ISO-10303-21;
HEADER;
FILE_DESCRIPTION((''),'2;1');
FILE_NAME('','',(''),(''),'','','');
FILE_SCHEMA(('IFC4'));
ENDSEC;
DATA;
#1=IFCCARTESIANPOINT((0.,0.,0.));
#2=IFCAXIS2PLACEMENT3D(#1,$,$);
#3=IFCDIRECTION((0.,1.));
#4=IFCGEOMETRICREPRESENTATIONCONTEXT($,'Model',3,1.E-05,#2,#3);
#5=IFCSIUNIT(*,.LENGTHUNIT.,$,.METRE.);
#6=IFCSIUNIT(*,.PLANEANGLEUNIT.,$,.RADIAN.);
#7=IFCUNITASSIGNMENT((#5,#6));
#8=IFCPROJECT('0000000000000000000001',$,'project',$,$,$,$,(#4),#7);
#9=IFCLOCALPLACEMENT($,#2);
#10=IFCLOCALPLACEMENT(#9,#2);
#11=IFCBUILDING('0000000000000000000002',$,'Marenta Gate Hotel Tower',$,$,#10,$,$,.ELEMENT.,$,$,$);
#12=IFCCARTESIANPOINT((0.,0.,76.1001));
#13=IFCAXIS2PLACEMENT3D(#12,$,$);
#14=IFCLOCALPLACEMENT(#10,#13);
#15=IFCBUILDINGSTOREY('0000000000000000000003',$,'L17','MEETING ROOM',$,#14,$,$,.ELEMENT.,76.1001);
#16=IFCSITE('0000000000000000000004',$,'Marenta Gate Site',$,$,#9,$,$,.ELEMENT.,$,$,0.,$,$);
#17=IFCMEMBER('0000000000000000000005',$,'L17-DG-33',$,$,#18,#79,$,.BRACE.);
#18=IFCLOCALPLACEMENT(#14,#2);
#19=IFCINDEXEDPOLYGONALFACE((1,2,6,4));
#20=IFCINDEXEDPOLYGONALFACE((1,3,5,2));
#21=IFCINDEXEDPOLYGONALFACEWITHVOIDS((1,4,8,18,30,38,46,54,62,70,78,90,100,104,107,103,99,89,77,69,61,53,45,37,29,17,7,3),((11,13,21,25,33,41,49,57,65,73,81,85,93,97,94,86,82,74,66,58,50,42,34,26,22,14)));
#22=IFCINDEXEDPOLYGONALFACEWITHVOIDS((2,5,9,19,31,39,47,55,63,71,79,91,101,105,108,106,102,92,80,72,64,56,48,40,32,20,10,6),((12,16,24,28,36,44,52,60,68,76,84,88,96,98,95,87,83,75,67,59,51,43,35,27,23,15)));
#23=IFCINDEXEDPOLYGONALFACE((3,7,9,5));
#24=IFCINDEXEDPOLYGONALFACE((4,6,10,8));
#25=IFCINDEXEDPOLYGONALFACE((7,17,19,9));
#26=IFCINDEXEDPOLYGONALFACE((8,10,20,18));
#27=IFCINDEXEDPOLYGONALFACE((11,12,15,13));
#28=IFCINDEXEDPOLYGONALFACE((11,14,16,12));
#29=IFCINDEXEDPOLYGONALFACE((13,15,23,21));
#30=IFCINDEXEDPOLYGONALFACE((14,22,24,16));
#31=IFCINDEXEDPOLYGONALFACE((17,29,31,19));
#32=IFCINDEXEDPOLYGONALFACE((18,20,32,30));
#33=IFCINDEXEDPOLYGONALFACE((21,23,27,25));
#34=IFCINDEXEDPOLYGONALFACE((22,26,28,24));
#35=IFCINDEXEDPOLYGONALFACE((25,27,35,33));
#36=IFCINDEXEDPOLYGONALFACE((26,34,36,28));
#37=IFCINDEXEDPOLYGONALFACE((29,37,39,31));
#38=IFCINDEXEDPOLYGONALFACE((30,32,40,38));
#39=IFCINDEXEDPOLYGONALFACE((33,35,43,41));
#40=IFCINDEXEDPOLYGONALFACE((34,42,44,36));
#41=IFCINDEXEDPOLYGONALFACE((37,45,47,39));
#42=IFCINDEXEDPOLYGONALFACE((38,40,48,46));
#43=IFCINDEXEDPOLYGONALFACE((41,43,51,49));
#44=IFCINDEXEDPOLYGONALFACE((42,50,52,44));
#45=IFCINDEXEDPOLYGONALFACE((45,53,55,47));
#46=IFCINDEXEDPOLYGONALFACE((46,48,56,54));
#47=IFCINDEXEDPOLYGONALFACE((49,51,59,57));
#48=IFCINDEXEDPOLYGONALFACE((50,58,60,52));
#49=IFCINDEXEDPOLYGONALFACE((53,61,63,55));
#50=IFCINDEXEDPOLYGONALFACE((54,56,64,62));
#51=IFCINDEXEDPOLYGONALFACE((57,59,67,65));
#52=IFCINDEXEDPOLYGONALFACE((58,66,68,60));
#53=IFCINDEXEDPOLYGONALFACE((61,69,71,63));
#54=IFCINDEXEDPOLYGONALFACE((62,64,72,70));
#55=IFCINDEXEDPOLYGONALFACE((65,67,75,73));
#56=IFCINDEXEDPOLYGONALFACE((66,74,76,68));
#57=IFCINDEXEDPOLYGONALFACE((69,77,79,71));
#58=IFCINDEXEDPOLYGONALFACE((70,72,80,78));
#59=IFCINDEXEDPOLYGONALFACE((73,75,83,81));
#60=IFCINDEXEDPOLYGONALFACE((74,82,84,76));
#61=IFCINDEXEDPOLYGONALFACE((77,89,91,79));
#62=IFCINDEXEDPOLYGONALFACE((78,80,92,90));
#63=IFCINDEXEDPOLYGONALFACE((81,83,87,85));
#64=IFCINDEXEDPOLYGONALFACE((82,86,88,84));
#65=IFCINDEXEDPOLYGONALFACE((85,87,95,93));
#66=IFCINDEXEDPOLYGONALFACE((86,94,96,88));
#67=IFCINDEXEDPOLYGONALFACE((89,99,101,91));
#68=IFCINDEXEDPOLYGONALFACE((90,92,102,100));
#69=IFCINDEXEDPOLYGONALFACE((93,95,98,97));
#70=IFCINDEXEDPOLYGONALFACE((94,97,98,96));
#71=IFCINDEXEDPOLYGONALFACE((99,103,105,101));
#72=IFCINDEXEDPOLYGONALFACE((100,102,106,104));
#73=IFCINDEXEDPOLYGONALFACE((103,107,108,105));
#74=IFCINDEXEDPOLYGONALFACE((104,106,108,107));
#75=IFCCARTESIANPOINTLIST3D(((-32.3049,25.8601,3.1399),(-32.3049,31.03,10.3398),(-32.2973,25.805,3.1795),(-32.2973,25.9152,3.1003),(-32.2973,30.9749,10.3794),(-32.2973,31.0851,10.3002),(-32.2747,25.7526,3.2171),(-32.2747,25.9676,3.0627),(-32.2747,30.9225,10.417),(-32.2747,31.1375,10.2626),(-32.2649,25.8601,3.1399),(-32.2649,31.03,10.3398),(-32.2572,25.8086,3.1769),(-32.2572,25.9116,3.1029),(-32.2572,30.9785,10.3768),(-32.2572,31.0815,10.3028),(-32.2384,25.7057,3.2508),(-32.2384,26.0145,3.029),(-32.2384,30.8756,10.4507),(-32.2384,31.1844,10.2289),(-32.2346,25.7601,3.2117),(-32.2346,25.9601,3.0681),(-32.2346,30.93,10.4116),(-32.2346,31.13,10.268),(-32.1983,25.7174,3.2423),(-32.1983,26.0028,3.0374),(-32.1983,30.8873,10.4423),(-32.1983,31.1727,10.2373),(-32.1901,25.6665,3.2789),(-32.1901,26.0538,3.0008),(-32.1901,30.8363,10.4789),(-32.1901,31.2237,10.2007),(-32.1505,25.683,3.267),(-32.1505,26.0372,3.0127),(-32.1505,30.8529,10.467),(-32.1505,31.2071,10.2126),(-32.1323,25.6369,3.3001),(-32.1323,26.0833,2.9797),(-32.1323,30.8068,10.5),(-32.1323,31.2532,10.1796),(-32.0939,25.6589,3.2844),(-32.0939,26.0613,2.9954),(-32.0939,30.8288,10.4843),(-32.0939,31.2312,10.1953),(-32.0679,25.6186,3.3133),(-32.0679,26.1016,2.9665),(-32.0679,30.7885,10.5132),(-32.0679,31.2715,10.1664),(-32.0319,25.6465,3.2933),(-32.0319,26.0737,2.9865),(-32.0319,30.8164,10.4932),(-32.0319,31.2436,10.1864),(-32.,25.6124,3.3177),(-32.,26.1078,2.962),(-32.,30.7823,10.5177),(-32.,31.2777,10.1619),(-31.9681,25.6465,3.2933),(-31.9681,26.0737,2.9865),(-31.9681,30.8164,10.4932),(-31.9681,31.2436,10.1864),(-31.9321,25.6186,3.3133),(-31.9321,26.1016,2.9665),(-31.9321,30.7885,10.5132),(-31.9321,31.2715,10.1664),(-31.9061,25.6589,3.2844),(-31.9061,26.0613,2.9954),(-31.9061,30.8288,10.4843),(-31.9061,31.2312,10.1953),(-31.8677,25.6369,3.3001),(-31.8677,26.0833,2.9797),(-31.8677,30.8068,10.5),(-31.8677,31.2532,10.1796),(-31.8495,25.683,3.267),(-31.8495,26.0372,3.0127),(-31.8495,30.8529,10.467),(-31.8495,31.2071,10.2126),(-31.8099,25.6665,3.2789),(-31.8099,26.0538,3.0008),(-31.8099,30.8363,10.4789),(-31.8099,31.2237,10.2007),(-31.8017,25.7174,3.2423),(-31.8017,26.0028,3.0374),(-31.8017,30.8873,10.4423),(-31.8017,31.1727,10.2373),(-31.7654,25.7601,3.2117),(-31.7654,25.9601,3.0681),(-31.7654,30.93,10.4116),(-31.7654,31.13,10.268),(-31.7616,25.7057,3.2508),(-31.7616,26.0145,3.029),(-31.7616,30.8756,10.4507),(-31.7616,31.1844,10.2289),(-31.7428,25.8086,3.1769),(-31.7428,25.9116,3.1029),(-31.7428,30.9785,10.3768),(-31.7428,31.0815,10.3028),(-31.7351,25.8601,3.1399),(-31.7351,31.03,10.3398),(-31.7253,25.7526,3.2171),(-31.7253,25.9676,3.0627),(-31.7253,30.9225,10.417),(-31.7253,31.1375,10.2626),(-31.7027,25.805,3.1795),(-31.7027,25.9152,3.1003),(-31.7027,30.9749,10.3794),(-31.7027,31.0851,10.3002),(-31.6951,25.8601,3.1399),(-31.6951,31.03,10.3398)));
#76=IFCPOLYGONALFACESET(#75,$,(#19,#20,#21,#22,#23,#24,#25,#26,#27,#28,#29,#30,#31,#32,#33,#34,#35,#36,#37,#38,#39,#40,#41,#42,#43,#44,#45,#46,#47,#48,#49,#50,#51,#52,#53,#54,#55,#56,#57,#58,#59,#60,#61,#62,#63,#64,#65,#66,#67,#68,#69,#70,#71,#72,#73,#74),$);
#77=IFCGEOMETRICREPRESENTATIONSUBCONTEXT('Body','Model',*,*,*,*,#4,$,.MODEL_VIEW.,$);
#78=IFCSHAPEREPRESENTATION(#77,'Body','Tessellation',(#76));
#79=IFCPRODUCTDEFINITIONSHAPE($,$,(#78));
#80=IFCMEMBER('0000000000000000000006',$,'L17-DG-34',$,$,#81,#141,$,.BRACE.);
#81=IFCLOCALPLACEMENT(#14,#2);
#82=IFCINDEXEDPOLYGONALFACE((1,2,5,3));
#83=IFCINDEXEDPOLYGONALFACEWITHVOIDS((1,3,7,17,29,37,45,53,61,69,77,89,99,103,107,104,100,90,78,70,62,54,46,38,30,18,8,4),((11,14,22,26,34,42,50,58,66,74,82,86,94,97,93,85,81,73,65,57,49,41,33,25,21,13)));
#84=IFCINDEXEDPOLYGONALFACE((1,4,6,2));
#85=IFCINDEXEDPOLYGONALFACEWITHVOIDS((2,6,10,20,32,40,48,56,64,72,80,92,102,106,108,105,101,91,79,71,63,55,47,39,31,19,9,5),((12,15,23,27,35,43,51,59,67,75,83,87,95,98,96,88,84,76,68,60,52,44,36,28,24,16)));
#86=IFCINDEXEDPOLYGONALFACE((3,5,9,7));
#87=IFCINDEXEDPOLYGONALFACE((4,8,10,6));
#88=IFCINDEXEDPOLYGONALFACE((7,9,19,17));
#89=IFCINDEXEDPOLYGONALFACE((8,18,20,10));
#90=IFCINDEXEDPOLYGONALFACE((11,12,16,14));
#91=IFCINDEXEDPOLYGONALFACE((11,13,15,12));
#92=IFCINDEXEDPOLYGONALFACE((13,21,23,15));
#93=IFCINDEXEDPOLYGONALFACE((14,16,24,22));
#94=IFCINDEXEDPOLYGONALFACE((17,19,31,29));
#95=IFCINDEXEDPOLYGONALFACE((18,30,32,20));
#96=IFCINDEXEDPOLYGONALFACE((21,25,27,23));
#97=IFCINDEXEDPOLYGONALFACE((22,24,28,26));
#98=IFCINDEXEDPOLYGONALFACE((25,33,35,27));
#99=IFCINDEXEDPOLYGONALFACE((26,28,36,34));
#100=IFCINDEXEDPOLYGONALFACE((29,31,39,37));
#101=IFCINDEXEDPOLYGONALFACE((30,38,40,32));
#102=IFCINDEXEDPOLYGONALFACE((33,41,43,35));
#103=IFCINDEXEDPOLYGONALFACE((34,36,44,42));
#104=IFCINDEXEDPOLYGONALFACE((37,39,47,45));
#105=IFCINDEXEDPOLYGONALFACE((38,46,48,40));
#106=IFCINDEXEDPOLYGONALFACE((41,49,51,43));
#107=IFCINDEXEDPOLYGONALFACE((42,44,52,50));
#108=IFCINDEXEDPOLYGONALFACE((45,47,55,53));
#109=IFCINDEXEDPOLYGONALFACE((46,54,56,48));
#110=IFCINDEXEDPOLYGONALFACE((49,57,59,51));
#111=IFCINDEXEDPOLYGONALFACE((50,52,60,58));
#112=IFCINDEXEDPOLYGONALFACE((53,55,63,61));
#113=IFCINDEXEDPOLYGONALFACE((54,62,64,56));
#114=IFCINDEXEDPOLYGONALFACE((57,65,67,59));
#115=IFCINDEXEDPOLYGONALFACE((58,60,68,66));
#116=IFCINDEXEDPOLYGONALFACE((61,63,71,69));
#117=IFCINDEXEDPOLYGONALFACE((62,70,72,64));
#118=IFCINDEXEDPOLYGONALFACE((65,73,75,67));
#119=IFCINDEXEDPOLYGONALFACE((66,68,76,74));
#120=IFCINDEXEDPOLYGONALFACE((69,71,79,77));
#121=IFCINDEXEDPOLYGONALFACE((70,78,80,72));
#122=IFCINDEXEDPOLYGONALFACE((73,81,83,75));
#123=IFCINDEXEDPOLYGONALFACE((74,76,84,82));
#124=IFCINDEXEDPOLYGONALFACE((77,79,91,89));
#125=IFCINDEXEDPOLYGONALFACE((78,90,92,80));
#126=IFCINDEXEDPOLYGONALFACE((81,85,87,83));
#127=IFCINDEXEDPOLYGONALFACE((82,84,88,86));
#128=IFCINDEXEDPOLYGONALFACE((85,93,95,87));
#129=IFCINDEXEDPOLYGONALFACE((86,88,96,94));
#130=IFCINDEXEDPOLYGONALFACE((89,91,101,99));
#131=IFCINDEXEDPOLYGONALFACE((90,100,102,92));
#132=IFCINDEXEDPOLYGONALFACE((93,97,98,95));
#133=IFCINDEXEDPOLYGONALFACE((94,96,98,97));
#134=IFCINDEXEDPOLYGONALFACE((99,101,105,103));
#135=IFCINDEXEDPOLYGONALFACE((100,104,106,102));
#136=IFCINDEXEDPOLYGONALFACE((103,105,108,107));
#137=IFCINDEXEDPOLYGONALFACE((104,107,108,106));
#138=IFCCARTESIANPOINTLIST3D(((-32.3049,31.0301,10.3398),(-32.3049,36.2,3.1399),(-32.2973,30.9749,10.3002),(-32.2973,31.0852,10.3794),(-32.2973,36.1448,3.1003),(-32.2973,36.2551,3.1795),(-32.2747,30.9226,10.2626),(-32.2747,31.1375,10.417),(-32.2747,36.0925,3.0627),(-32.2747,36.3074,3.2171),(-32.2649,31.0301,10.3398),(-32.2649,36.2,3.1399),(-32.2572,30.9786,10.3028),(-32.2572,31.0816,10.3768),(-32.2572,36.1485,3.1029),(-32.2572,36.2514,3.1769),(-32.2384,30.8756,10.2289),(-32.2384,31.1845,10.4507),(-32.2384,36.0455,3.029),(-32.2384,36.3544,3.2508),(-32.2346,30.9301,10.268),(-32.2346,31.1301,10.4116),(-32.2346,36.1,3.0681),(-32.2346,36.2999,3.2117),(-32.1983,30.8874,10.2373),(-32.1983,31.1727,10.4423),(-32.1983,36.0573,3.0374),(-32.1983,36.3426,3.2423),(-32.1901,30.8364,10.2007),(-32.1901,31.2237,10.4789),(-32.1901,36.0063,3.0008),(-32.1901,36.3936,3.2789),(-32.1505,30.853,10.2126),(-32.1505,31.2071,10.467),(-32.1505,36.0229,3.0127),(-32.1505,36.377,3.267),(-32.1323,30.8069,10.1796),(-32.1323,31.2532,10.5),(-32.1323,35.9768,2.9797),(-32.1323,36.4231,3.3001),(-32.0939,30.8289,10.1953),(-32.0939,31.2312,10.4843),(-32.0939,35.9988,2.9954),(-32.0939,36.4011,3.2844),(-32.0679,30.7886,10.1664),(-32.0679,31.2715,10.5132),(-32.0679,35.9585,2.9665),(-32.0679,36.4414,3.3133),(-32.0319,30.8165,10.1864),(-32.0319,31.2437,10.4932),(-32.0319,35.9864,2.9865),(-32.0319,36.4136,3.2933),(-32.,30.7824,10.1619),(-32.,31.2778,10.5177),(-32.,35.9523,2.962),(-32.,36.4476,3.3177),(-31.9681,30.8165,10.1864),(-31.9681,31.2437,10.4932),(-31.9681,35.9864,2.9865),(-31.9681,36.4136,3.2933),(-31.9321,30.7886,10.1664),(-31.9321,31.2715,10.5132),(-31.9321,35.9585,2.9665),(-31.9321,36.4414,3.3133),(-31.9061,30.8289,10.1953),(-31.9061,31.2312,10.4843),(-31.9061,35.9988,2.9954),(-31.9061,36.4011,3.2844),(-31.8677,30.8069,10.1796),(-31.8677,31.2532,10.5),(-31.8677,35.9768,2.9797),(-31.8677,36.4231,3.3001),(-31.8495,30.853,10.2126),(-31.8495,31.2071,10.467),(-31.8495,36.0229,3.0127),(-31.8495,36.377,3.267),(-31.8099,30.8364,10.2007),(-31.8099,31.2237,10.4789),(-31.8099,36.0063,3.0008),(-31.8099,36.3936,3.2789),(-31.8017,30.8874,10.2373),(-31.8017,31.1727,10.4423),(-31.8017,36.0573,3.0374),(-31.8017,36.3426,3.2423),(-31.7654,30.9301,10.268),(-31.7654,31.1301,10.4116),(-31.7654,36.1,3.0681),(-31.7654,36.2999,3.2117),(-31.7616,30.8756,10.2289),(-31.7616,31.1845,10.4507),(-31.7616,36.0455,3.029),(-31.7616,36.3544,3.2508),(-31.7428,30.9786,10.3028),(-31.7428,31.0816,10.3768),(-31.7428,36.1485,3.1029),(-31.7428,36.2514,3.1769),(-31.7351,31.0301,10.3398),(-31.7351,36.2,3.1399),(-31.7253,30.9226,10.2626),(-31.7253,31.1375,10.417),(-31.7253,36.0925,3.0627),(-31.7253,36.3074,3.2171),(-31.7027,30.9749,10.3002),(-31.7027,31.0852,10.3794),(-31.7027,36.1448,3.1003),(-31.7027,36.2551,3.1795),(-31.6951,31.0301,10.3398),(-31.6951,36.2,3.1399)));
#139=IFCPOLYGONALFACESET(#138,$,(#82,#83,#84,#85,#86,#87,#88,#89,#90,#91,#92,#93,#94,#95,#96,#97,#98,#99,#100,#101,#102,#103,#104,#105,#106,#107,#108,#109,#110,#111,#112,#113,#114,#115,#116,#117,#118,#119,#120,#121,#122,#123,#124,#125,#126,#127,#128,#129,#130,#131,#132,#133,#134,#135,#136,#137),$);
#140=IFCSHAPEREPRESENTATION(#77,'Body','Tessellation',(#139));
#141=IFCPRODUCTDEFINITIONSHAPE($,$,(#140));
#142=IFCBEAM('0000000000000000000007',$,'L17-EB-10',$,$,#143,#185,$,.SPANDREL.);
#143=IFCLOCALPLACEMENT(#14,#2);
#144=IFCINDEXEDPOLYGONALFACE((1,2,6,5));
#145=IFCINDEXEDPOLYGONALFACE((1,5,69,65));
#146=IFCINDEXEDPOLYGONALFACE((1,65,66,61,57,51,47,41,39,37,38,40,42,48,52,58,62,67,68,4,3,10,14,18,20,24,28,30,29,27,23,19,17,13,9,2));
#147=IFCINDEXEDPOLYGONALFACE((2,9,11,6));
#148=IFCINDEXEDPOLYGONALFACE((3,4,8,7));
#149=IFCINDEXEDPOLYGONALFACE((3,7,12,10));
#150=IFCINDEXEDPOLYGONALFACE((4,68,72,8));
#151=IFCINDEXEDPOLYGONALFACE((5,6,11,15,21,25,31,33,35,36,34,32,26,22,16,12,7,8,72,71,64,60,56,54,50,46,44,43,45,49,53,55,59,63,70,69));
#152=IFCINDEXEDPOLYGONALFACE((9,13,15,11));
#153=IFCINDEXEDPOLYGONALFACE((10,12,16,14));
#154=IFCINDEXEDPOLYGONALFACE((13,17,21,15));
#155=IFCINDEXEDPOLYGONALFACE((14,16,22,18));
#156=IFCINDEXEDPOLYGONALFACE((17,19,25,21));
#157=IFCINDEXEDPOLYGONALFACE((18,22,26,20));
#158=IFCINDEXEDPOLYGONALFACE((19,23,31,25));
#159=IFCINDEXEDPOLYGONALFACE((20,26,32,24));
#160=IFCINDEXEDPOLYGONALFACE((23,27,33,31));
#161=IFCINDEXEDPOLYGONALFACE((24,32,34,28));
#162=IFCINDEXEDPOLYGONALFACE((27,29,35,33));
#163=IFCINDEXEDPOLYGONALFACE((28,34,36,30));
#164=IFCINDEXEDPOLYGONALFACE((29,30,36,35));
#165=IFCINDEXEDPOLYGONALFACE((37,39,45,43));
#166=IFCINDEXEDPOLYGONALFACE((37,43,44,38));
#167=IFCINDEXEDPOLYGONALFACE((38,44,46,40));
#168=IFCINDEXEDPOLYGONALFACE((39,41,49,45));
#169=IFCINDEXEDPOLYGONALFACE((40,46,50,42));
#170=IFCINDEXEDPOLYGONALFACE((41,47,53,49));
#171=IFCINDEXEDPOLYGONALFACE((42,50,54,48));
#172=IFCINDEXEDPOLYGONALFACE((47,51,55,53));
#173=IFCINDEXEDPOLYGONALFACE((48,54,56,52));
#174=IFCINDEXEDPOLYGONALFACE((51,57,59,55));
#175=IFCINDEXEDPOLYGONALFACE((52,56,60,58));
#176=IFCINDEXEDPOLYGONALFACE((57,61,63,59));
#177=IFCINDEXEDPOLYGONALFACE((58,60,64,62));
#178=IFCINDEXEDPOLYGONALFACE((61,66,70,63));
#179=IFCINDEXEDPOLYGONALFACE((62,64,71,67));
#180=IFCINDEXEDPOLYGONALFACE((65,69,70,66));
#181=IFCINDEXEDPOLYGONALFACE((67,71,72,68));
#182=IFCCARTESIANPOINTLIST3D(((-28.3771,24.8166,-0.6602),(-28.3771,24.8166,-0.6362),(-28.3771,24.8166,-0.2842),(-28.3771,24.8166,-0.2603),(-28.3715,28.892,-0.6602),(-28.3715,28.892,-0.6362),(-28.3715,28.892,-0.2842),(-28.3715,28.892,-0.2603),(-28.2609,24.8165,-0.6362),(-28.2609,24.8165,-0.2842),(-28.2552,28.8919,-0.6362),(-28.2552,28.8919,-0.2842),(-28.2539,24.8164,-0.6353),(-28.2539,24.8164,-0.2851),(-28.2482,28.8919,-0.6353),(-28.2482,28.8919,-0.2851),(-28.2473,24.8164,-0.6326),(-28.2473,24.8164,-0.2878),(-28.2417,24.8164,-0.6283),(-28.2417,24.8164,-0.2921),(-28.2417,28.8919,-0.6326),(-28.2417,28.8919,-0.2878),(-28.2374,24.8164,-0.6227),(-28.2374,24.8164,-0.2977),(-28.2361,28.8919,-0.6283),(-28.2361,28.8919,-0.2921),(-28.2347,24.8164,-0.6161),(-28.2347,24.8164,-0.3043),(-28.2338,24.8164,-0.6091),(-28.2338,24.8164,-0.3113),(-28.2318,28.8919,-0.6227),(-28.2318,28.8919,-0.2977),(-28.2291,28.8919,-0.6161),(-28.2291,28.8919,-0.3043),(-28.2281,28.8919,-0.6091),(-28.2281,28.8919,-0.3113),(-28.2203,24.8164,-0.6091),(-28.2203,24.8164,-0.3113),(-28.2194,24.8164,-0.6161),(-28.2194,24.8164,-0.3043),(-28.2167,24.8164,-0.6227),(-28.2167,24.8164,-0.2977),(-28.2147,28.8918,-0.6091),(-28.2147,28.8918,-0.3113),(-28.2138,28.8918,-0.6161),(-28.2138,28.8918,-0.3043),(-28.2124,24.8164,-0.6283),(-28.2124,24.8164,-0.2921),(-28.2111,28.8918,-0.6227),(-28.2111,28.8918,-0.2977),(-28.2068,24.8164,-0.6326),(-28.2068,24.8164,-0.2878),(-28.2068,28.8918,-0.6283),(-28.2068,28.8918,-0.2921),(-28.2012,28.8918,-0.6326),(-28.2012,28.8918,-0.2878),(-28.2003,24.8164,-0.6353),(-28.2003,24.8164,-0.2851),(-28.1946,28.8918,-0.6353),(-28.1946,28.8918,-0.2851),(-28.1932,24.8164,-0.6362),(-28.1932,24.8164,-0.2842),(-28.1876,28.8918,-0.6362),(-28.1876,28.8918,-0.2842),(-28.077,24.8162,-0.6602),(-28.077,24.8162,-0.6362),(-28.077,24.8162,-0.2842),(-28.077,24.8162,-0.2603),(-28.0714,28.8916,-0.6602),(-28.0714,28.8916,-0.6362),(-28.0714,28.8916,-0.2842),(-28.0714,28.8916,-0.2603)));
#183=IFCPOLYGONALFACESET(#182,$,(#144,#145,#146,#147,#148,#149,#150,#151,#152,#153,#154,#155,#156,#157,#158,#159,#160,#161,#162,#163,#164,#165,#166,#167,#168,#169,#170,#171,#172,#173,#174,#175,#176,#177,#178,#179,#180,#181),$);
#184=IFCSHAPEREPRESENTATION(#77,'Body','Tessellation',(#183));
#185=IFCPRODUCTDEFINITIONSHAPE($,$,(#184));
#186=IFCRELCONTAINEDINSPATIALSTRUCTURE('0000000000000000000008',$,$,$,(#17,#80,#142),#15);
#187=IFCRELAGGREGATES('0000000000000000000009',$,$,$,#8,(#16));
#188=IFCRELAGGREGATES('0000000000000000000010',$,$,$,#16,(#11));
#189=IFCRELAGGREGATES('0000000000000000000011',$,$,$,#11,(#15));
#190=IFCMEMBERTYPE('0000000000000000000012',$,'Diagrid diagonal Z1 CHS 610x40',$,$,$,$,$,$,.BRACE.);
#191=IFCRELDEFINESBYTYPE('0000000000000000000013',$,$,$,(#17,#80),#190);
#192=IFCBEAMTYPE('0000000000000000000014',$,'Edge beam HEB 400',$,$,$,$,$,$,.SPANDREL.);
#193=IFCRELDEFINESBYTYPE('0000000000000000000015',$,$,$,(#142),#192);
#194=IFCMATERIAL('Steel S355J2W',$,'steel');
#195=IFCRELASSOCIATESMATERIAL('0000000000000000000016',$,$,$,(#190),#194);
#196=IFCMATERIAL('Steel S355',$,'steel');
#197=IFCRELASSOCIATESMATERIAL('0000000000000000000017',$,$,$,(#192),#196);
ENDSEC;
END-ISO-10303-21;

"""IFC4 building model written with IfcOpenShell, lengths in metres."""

from ifc_helpers import new_model, si_unit, direction, frame, origin, origin_2d, place, context, subcontext, project, spatial, hollow_circle, i_section, extrude, material, material_profile, profile_set, type_object, element, save


model = new_model("IFC4")

# Units and contexts
model_context = context("Model", 3, precision=1e-05, world=origin(), true_north=direction((0.0, 1.0)))
body_context = subcontext(model_context, "Body", "Model", "MODEL_VIEW")
ifc_project = project(units=[si_unit("LENGTHUNIT", "METRE"), si_unit("PLANEANGLEUNIT", "RADIAN")], contexts=[model_context])

# Site, building, storey
site_placement = place(None, origin())
site = spatial("IfcSite", under=ifc_project, at=site_placement, Name="Marenta Gate Site", CompositionType="ELEMENT", RefElevation=0.0)
building_placement = place(site_placement, origin())
building = spatial("IfcBuilding", under=site, at=building_placement, Name="Marenta Gate Hotel Tower", CompositionType="ELEMENT")
storey_placement = place(building_placement, frame((0.0, 0.0, 76.1001)))
storey = spatial("IfcBuildingStorey", under=building, at=storey_placement, Name="L17", Description="MEETING ROOM", CompositionType="ELEMENT", Elevation=76.1001)

# Members
ifc_material_1 = material(Name="Steel S355J2W", Category="steel")
ifc_material_profile_1 = material_profile(ifc_material_1, hollow_circle(Radius=0.3049, WallThickness=0.04, at=origin_2d()), Name="CHS 610x40")
ifc_profile_set_1 = profile_set([ifc_material_profile_1], Name="Steel S355J2W")
member_type_1 = type_object("IfcMemberType", Name="Diagrid diagonal Z1 CHS 610x40", PredefinedType="BRACE", material=ifc_profile_set_1)
for number, where, z_axis, x_axis, name in (
    (1, (-32.0, 25.8601, 3.1399), (0.0, 0.583261, 0.812285), (-1.0, 0.0, 0.0), "L17-DG-33"),
    (2, (-32.0, 36.2, 3.1399), (0.0, -0.583261, 0.812285), (1.0, 0.0, 0.0), "L17-DG-34"),
):
    element("IfcMember", number, at=place(storey_placement, frame(where, z_axis=z_axis, x_axis=x_axis)), inside=storey, type_object=member_type_1, Name=name, PredefinedType="BRACE", context=body_context, shape_type="SweptSolid", body=[
        extrude(hollow_circle(Radius=0.3049, WallThickness=0.04, at=origin_2d()), origin(), (0.0, 0.0, 1.0), 8.8638),
    ])

# Beam
ifc_material_2 = material(Name="Steel S355", Category="steel")
ifc_material_profile_2 = material_profile(ifc_material_2, i_section(OverallWidth=0.3, OverallDepth=0.3999, WebThickness=0.0134, FlangeThickness=0.0239, FilletRadius=0.0271, at=origin_2d()), Name="HEB 400")
ifc_profile_set_2 = profile_set([ifc_material_profile_2], Name="Steel S355")
beam_type_1 = type_object("IfcBeamType", Name="Edge beam HEB 400", PredefinedType="SPANDREL", material=ifc_profile_set_2)
beam_1_placement = place(storey_placement, frame((-28.2271, 24.8164, -0.4602), z_axis=(0.001378, 0.999999, 0.0), x_axis=(-0.999999, 0.001378, 0.0)))
element("IfcBeam", 3, at=beam_1_placement, inside=storey, type_object=beam_type_1, Name="L17-EB-10", PredefinedType="SPANDREL", context=body_context, shape_type="SweptSolid", body=[
    extrude(i_section(OverallWidth=0.3, OverallDepth=0.3999, WebThickness=0.0134, FlangeThickness=0.0239, FilletRadius=0.0271, at=origin_2d()), origin(), (0.0, 0.0, 1.0), 4.0754),
])

save(model, "model.ifc")
